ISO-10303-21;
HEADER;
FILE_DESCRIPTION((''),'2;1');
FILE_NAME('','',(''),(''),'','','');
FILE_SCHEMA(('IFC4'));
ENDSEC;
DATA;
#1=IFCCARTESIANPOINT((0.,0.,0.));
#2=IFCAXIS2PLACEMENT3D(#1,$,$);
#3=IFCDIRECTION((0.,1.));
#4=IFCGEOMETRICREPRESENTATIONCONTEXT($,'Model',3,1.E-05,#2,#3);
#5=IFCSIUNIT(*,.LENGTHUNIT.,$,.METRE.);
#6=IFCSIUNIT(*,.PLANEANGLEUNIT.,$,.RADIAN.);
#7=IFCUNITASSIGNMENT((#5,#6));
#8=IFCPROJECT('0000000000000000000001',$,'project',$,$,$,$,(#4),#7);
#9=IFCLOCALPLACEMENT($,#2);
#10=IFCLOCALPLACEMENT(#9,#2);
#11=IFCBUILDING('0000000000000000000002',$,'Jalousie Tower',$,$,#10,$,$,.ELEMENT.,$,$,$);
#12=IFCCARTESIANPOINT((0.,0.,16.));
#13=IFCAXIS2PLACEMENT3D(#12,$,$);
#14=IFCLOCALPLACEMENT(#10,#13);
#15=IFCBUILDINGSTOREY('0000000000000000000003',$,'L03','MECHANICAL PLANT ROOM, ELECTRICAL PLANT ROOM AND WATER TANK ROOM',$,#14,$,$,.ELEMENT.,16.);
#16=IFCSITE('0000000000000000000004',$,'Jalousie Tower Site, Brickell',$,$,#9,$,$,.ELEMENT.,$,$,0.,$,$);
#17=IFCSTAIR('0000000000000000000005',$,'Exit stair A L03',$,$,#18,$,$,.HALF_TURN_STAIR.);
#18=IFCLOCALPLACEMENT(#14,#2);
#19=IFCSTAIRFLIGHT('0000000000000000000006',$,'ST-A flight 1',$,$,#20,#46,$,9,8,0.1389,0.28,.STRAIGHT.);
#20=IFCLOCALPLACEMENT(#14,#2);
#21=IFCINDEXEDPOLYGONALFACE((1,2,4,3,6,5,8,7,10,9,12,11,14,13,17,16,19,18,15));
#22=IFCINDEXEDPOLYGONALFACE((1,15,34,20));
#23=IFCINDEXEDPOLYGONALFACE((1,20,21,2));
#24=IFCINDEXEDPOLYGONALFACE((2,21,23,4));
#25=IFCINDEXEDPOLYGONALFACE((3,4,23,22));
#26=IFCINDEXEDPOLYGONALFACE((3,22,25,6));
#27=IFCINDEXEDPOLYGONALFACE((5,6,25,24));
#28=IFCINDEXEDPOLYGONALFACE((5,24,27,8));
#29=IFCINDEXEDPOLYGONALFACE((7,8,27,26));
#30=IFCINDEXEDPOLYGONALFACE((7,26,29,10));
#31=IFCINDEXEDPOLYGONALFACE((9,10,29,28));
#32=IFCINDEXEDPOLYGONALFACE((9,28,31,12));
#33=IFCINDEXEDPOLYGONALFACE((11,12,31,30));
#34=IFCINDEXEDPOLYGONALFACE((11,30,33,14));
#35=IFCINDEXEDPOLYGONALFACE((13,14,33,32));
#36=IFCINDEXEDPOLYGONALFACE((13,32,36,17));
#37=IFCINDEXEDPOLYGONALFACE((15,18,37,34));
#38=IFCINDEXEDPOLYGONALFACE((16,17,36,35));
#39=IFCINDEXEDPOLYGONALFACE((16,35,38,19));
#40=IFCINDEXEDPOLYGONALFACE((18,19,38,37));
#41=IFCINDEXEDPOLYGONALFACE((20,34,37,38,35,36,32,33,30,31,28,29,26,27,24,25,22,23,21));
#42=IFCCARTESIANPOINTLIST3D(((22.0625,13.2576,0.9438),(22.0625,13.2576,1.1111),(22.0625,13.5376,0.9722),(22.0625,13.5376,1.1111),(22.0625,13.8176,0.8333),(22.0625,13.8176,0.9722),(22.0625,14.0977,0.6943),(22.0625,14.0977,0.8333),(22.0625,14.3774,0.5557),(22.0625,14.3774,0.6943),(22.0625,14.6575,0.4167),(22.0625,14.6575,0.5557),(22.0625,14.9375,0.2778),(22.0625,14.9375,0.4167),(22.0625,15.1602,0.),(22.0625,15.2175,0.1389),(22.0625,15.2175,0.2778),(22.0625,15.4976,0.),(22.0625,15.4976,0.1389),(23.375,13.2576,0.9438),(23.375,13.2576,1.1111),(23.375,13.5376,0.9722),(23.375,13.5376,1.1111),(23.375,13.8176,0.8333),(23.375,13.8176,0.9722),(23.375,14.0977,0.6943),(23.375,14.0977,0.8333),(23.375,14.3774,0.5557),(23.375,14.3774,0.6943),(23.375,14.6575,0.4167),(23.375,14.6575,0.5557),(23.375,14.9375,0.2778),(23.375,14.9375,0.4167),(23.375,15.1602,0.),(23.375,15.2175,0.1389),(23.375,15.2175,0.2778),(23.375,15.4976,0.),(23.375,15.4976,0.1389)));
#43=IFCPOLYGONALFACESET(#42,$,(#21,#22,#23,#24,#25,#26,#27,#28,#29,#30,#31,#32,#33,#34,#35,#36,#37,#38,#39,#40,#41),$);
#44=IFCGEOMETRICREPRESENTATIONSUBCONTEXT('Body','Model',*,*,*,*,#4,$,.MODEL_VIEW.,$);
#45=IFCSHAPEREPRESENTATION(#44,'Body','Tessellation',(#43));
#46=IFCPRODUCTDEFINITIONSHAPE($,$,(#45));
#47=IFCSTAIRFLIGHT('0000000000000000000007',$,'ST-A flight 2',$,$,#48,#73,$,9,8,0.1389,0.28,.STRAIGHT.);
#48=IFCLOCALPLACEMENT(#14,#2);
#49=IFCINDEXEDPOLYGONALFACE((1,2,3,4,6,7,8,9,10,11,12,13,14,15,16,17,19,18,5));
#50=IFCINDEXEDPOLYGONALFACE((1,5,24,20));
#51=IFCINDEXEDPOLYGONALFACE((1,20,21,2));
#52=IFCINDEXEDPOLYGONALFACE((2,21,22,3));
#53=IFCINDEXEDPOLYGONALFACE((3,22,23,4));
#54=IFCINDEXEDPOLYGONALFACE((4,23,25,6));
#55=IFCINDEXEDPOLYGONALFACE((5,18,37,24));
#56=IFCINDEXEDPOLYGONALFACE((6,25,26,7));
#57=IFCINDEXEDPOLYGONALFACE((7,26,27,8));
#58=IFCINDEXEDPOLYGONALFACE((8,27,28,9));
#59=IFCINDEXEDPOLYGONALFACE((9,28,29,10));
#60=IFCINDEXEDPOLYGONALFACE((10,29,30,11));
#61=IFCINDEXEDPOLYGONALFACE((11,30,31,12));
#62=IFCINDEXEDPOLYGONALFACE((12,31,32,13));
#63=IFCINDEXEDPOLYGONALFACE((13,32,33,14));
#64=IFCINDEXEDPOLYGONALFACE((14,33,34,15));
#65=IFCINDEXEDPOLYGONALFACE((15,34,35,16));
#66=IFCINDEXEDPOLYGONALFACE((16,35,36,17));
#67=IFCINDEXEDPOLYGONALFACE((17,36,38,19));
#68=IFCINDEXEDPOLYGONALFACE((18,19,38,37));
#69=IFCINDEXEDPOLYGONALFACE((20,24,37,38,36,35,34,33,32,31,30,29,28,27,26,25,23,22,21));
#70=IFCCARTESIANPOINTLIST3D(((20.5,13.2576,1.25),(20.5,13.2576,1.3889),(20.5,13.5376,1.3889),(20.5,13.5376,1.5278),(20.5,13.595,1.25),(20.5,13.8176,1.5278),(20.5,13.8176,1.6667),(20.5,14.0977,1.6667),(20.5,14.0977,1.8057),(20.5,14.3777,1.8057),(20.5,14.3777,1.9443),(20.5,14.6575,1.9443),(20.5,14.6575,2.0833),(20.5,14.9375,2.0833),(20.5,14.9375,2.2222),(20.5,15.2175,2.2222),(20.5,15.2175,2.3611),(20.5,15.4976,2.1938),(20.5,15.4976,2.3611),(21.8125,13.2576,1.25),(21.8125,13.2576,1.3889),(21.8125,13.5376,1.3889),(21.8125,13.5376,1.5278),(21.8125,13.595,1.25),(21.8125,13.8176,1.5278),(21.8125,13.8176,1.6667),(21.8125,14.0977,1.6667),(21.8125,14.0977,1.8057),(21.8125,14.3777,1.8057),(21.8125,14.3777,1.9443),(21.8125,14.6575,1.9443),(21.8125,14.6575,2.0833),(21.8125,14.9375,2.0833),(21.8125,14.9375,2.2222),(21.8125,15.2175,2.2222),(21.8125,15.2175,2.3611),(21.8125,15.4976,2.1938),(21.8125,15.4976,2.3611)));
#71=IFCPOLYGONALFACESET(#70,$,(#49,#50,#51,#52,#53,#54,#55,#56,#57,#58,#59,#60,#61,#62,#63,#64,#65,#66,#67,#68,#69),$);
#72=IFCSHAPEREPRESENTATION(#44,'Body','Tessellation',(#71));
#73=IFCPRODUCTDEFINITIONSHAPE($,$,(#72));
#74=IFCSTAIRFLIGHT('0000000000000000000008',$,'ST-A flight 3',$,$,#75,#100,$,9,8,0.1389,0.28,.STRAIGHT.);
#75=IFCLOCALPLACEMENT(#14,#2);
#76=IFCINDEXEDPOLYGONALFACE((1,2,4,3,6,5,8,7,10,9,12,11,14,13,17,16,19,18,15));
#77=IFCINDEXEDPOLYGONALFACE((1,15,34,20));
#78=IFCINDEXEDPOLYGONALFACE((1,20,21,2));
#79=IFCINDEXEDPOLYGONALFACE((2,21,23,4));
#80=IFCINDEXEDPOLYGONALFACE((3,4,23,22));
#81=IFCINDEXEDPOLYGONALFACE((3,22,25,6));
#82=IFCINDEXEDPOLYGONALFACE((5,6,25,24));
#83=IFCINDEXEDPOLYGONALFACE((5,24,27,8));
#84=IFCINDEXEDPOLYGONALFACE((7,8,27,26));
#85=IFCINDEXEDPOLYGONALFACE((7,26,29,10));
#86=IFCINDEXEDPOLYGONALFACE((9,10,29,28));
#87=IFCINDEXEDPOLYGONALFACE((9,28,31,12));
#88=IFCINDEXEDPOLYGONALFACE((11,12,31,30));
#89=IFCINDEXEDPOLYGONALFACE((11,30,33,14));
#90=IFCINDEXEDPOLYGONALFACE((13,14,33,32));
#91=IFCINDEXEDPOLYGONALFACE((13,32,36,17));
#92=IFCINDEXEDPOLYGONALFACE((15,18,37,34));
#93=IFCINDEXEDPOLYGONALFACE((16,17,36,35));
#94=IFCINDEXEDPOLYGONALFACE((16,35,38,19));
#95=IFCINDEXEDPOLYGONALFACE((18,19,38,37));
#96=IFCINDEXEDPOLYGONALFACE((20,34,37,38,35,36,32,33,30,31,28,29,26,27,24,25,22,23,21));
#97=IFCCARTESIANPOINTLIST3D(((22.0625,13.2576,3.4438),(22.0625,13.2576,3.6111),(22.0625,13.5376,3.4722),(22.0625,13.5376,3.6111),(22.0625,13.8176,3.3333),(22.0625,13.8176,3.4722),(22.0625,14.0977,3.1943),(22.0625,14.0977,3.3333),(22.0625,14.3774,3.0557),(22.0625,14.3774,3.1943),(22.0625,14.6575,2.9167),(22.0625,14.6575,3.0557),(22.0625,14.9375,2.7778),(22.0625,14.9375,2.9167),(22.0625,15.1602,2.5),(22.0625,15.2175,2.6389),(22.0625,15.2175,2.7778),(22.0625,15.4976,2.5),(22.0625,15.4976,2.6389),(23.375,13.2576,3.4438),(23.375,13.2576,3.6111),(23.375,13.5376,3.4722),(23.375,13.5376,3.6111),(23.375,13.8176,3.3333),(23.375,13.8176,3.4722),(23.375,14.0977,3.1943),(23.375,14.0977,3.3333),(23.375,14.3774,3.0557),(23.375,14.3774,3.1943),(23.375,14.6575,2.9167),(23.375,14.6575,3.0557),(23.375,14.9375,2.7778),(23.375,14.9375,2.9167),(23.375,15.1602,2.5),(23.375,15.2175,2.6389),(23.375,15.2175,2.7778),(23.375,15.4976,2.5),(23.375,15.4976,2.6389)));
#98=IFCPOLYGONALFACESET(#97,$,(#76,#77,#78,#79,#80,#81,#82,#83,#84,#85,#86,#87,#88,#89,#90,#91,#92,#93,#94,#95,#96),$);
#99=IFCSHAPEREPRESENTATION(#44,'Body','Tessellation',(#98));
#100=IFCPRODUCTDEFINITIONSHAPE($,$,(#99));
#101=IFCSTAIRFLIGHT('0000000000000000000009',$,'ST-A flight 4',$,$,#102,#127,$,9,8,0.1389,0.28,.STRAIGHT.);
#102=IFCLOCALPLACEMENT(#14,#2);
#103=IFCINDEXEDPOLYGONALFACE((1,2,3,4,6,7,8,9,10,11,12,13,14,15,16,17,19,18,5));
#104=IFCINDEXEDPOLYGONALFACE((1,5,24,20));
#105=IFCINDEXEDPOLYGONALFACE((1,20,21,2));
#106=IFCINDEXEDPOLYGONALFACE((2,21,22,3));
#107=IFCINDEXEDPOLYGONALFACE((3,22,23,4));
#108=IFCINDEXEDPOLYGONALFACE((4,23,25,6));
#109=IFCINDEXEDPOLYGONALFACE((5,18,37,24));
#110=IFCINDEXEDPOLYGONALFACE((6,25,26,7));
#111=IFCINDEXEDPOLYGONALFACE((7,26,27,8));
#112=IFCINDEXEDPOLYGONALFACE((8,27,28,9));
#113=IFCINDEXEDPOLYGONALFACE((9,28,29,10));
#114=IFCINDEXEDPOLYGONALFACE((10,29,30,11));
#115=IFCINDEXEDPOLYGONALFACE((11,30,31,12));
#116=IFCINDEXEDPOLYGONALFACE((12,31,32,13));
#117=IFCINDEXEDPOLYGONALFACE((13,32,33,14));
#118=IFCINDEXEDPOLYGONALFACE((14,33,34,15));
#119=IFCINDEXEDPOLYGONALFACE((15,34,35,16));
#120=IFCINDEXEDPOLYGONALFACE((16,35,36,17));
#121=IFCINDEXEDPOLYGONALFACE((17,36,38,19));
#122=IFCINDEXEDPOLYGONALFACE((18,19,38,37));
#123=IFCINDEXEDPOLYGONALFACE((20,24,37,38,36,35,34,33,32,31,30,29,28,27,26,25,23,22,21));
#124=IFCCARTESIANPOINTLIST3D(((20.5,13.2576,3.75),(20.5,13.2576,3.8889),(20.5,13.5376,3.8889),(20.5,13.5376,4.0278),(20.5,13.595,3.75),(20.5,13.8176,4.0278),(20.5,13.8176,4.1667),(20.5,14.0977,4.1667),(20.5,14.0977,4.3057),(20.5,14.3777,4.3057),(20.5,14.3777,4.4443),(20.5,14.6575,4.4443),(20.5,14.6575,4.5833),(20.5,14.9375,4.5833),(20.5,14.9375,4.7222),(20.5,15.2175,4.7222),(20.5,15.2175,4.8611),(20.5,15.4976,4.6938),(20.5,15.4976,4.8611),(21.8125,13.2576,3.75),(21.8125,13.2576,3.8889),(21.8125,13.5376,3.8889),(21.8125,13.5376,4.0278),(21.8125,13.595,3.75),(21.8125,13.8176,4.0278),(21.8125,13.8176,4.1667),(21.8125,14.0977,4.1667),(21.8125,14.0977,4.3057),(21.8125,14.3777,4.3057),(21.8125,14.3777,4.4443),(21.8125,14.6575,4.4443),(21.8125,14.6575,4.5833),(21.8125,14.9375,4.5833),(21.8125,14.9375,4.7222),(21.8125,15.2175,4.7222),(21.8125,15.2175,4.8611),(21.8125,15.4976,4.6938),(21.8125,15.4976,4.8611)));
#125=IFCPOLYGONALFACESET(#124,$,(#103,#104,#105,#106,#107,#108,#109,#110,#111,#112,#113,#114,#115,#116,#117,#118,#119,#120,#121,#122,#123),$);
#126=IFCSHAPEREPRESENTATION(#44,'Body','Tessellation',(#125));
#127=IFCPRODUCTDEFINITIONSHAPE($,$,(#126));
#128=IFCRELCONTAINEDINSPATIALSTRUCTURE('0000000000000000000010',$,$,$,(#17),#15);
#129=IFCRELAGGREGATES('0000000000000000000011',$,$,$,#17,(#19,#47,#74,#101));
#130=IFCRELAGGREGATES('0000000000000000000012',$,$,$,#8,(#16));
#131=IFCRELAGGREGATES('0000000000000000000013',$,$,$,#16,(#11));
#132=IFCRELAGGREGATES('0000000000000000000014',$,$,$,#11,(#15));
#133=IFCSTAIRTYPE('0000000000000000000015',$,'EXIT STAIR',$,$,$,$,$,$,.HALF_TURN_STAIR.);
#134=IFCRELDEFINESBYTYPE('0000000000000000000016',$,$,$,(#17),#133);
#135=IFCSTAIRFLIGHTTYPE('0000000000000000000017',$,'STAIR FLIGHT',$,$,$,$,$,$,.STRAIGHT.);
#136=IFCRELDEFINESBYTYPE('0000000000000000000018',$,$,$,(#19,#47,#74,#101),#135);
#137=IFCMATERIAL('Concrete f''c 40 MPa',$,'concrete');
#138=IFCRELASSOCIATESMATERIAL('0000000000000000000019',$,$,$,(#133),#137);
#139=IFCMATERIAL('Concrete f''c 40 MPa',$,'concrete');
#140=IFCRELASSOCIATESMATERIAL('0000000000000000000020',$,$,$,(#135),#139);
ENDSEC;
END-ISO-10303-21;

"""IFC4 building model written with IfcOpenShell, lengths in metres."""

from ifc_helpers import new_model, si_unit, direction, frame, origin, place, context, subcontext, project, spatial, polyline, outline, extrude, material, type_object, element, aggregate, save


model = new_model("IFC4")

# Units and contexts
model_context = context("Model", 3, precision=1e-05, world=origin(), true_north=direction((0.0, 1.0)))
body_context = subcontext(model_context, "Body", "Model", "MODEL_VIEW")
ifc_project = project(units=[si_unit("LENGTHUNIT", "METRE"), si_unit("PLANEANGLEUNIT", "RADIAN")], contexts=[model_context])

# Site, building, storey
site_placement = place(None, origin())
site = spatial("IfcSite", under=ifc_project, at=site_placement, Name="Jalousie Tower Site, Brickell", CompositionType="ELEMENT", RefElevation=0.0)
building_placement = place(site_placement, origin())
building = spatial("IfcBuilding", under=site, at=building_placement, Name="Jalousie Tower", CompositionType="ELEMENT")
storey_placement = place(building_placement, frame((0.0, 0.0, 16.0)))
storey = spatial("IfcBuildingStorey", under=building, at=storey_placement, Name="L03", Description="MECHANICAL PLANT ROOM, ELECTRICAL PLANT ROOM AND WATER TANK ROOM", CompositionType="ELEMENT", Elevation=16.0)

# Stair, stair flights
ifc_material_1 = material(Name="Concrete f'c 40 MPa", Category="concrete")
stair_type = type_object("IfcStairType", Name="EXIT STAIR", PredefinedType="HALF_TURN_STAIR", material=ifc_material_1)
stair_placement = place(storey_placement, origin())
stair = element("IfcStair", 1, at=stair_placement, inside=storey, type_object=stair_type, Name="Exit stair A L03", PredefinedType="HALF_TURN_STAIR")
ifc_material_2 = material(Name="Concrete f'c 40 MPa", Category="concrete")
stair_flight_type = type_object("IfcStairFlightType", Name="STAIR FLIGHT", PredefinedType="STRAIGHT", material=ifc_material_2)
stair_flight_1_placement = place(storey_placement, frame((22.7188, 15.4976, 0.0), z_axis=(0.0, 0.0, 1.0), x_axis=(0.0, -1.0, 0.0)))
stair_flight_1 = element("IfcStairFlight", 2, at=stair_flight_1_placement, type_object=stair_flight_type, Name="ST-A flight 1", NumberOfRisers=9, NumberOfTreads=8, PredefinedType="STRAIGHT", RiserHeight=0.1389, TreadLength=0.28, context=body_context, shape_type="SweptSolid", body=[
    extrude(outline(polyline([(0.0, 0.0), (0.0, 0.1389), (0.28, 0.1389), (0.28, 0.2778), (0.5601, 0.2778), (0.5601, 0.4167), (0.8401, 0.4167), (0.8401, 0.5557), (1.1201, 0.5557), (1.1201, 0.6943), (1.3999, 0.6943), (1.3999, 0.8333), (1.6799, 0.8333), (1.6799, 0.9722), (1.96, 0.9722), (1.96, 1.1111), (2.24, 1.1111), (2.24, 1.25), (2.24, 0.9438), (0.3374, 0.0), (0.0, 0.0)])), frame((0.0, 0.6562, 0.0), z_axis=(0.0, -1.0, 0.0), x_axis=(1.0, 0.0, 0.0)), (0.0, 0.0, 1.0), 1.3125),
])
stair_flight_2_placement = place(storey_placement, frame((21.1562, 13.2576, 1.25), z_axis=(0.0, 0.0, 1.0), x_axis=(0.0, 1.0, 0.0)))
stair_flight_2 = element("IfcStairFlight", 3, at=stair_flight_2_placement, type_object=stair_flight_type, Name="ST-A flight 2", NumberOfRisers=9, NumberOfTreads=8, PredefinedType="STRAIGHT", RiserHeight=0.1389, TreadLength=0.28, context=body_context, shape_type="SweptSolid", body=[
    extrude(outline(polyline([(0.0, 0.0), (0.0, 0.1389), (0.28, 0.1389), (0.28, 0.2778), (0.5601, 0.2778), (0.5601, 0.4167), (0.8401, 0.4167), (0.8401, 0.5557), (1.1201, 0.5557), (1.1201, 0.6943), (1.3999, 0.6943), (1.3999, 0.8333), (1.6799, 0.8333), (1.6799, 0.9722), (1.96, 0.9722), (1.96, 1.1111), (2.24, 1.1111), (2.24, 1.25), (2.24, 0.9438), (0.3374, 0.0), (0.0, 0.0)])), frame((0.0, 0.6562, 0.0), z_axis=(0.0, -1.0, 0.0), x_axis=(1.0, 0.0, 0.0)), (0.0, 0.0, 1.0), 1.3125),
])
stair_flight_3_placement = place(storey_placement, frame((22.7188, 15.4976, 2.5), z_axis=(0.0, 0.0, 1.0), x_axis=(0.0, -1.0, 0.0)))
stair_flight_3 = element("IfcStairFlight", 4, at=stair_flight_3_placement, type_object=stair_flight_type, Name="ST-A flight 3", NumberOfRisers=9, NumberOfTreads=8, PredefinedType="STRAIGHT", RiserHeight=0.1389, TreadLength=0.28, context=body_context, shape_type="SweptSolid", body=[
    extrude(outline(polyline([(0.0, 0.0), (0.0, 0.1389), (0.28, 0.1389), (0.28, 0.2778), (0.5601, 0.2778), (0.5601, 0.4167), (0.8401, 0.4167), (0.8401, 0.5557), (1.1201, 0.5557), (1.1201, 0.6943), (1.3999, 0.6943), (1.3999, 0.8333), (1.6799, 0.8333), (1.6799, 0.9722), (1.96, 0.9722), (1.96, 1.1111), (2.24, 1.1111), (2.24, 1.25), (2.24, 0.9438), (0.3374, 0.0), (0.0, 0.0)])), frame((0.0, 0.6562, 0.0), z_axis=(0.0, -1.0, 0.0), x_axis=(1.0, 0.0, 0.0)), (0.0, 0.0, 1.0), 1.3125),
])
stair_flight_4_placement = place(storey_placement, frame((21.1562, 13.2576, 3.75), z_axis=(0.0, 0.0, 1.0), x_axis=(0.0, 1.0, 0.0)))
stair_flight_4 = element("IfcStairFlight", 5, at=stair_flight_4_placement, type_object=stair_flight_type, Name="ST-A flight 4", NumberOfRisers=9, NumberOfTreads=8, PredefinedType="STRAIGHT", RiserHeight=0.1389, TreadLength=0.28, context=body_context, shape_type="SweptSolid", body=[
    extrude(outline(polyline([(0.0, 0.0), (0.0, 0.1389), (0.28, 0.1389), (0.28, 0.2778), (0.5601, 0.2778), (0.5601, 0.4167), (0.8401, 0.4167), (0.8401, 0.5557), (1.1201, 0.5557), (1.1201, 0.6943), (1.3999, 0.6943), (1.3999, 0.8333), (1.6799, 0.8333), (1.6799, 0.9722), (1.96, 0.9722), (1.96, 1.1111), (2.24, 1.1111), (2.24, 1.25), (2.24, 0.9438), (0.3374, 0.0), (0.0, 0.0)])), frame((0.0, 0.6562, 0.0), z_axis=(0.0, -1.0, 0.0), x_axis=(1.0, 0.0, 0.0)), (0.0, 0.0, 1.0), 1.3125),
])
aggregate(stair, [stair_flight_1, stair_flight_2, stair_flight_3, stair_flight_4])

save(model, "model.ifc")
